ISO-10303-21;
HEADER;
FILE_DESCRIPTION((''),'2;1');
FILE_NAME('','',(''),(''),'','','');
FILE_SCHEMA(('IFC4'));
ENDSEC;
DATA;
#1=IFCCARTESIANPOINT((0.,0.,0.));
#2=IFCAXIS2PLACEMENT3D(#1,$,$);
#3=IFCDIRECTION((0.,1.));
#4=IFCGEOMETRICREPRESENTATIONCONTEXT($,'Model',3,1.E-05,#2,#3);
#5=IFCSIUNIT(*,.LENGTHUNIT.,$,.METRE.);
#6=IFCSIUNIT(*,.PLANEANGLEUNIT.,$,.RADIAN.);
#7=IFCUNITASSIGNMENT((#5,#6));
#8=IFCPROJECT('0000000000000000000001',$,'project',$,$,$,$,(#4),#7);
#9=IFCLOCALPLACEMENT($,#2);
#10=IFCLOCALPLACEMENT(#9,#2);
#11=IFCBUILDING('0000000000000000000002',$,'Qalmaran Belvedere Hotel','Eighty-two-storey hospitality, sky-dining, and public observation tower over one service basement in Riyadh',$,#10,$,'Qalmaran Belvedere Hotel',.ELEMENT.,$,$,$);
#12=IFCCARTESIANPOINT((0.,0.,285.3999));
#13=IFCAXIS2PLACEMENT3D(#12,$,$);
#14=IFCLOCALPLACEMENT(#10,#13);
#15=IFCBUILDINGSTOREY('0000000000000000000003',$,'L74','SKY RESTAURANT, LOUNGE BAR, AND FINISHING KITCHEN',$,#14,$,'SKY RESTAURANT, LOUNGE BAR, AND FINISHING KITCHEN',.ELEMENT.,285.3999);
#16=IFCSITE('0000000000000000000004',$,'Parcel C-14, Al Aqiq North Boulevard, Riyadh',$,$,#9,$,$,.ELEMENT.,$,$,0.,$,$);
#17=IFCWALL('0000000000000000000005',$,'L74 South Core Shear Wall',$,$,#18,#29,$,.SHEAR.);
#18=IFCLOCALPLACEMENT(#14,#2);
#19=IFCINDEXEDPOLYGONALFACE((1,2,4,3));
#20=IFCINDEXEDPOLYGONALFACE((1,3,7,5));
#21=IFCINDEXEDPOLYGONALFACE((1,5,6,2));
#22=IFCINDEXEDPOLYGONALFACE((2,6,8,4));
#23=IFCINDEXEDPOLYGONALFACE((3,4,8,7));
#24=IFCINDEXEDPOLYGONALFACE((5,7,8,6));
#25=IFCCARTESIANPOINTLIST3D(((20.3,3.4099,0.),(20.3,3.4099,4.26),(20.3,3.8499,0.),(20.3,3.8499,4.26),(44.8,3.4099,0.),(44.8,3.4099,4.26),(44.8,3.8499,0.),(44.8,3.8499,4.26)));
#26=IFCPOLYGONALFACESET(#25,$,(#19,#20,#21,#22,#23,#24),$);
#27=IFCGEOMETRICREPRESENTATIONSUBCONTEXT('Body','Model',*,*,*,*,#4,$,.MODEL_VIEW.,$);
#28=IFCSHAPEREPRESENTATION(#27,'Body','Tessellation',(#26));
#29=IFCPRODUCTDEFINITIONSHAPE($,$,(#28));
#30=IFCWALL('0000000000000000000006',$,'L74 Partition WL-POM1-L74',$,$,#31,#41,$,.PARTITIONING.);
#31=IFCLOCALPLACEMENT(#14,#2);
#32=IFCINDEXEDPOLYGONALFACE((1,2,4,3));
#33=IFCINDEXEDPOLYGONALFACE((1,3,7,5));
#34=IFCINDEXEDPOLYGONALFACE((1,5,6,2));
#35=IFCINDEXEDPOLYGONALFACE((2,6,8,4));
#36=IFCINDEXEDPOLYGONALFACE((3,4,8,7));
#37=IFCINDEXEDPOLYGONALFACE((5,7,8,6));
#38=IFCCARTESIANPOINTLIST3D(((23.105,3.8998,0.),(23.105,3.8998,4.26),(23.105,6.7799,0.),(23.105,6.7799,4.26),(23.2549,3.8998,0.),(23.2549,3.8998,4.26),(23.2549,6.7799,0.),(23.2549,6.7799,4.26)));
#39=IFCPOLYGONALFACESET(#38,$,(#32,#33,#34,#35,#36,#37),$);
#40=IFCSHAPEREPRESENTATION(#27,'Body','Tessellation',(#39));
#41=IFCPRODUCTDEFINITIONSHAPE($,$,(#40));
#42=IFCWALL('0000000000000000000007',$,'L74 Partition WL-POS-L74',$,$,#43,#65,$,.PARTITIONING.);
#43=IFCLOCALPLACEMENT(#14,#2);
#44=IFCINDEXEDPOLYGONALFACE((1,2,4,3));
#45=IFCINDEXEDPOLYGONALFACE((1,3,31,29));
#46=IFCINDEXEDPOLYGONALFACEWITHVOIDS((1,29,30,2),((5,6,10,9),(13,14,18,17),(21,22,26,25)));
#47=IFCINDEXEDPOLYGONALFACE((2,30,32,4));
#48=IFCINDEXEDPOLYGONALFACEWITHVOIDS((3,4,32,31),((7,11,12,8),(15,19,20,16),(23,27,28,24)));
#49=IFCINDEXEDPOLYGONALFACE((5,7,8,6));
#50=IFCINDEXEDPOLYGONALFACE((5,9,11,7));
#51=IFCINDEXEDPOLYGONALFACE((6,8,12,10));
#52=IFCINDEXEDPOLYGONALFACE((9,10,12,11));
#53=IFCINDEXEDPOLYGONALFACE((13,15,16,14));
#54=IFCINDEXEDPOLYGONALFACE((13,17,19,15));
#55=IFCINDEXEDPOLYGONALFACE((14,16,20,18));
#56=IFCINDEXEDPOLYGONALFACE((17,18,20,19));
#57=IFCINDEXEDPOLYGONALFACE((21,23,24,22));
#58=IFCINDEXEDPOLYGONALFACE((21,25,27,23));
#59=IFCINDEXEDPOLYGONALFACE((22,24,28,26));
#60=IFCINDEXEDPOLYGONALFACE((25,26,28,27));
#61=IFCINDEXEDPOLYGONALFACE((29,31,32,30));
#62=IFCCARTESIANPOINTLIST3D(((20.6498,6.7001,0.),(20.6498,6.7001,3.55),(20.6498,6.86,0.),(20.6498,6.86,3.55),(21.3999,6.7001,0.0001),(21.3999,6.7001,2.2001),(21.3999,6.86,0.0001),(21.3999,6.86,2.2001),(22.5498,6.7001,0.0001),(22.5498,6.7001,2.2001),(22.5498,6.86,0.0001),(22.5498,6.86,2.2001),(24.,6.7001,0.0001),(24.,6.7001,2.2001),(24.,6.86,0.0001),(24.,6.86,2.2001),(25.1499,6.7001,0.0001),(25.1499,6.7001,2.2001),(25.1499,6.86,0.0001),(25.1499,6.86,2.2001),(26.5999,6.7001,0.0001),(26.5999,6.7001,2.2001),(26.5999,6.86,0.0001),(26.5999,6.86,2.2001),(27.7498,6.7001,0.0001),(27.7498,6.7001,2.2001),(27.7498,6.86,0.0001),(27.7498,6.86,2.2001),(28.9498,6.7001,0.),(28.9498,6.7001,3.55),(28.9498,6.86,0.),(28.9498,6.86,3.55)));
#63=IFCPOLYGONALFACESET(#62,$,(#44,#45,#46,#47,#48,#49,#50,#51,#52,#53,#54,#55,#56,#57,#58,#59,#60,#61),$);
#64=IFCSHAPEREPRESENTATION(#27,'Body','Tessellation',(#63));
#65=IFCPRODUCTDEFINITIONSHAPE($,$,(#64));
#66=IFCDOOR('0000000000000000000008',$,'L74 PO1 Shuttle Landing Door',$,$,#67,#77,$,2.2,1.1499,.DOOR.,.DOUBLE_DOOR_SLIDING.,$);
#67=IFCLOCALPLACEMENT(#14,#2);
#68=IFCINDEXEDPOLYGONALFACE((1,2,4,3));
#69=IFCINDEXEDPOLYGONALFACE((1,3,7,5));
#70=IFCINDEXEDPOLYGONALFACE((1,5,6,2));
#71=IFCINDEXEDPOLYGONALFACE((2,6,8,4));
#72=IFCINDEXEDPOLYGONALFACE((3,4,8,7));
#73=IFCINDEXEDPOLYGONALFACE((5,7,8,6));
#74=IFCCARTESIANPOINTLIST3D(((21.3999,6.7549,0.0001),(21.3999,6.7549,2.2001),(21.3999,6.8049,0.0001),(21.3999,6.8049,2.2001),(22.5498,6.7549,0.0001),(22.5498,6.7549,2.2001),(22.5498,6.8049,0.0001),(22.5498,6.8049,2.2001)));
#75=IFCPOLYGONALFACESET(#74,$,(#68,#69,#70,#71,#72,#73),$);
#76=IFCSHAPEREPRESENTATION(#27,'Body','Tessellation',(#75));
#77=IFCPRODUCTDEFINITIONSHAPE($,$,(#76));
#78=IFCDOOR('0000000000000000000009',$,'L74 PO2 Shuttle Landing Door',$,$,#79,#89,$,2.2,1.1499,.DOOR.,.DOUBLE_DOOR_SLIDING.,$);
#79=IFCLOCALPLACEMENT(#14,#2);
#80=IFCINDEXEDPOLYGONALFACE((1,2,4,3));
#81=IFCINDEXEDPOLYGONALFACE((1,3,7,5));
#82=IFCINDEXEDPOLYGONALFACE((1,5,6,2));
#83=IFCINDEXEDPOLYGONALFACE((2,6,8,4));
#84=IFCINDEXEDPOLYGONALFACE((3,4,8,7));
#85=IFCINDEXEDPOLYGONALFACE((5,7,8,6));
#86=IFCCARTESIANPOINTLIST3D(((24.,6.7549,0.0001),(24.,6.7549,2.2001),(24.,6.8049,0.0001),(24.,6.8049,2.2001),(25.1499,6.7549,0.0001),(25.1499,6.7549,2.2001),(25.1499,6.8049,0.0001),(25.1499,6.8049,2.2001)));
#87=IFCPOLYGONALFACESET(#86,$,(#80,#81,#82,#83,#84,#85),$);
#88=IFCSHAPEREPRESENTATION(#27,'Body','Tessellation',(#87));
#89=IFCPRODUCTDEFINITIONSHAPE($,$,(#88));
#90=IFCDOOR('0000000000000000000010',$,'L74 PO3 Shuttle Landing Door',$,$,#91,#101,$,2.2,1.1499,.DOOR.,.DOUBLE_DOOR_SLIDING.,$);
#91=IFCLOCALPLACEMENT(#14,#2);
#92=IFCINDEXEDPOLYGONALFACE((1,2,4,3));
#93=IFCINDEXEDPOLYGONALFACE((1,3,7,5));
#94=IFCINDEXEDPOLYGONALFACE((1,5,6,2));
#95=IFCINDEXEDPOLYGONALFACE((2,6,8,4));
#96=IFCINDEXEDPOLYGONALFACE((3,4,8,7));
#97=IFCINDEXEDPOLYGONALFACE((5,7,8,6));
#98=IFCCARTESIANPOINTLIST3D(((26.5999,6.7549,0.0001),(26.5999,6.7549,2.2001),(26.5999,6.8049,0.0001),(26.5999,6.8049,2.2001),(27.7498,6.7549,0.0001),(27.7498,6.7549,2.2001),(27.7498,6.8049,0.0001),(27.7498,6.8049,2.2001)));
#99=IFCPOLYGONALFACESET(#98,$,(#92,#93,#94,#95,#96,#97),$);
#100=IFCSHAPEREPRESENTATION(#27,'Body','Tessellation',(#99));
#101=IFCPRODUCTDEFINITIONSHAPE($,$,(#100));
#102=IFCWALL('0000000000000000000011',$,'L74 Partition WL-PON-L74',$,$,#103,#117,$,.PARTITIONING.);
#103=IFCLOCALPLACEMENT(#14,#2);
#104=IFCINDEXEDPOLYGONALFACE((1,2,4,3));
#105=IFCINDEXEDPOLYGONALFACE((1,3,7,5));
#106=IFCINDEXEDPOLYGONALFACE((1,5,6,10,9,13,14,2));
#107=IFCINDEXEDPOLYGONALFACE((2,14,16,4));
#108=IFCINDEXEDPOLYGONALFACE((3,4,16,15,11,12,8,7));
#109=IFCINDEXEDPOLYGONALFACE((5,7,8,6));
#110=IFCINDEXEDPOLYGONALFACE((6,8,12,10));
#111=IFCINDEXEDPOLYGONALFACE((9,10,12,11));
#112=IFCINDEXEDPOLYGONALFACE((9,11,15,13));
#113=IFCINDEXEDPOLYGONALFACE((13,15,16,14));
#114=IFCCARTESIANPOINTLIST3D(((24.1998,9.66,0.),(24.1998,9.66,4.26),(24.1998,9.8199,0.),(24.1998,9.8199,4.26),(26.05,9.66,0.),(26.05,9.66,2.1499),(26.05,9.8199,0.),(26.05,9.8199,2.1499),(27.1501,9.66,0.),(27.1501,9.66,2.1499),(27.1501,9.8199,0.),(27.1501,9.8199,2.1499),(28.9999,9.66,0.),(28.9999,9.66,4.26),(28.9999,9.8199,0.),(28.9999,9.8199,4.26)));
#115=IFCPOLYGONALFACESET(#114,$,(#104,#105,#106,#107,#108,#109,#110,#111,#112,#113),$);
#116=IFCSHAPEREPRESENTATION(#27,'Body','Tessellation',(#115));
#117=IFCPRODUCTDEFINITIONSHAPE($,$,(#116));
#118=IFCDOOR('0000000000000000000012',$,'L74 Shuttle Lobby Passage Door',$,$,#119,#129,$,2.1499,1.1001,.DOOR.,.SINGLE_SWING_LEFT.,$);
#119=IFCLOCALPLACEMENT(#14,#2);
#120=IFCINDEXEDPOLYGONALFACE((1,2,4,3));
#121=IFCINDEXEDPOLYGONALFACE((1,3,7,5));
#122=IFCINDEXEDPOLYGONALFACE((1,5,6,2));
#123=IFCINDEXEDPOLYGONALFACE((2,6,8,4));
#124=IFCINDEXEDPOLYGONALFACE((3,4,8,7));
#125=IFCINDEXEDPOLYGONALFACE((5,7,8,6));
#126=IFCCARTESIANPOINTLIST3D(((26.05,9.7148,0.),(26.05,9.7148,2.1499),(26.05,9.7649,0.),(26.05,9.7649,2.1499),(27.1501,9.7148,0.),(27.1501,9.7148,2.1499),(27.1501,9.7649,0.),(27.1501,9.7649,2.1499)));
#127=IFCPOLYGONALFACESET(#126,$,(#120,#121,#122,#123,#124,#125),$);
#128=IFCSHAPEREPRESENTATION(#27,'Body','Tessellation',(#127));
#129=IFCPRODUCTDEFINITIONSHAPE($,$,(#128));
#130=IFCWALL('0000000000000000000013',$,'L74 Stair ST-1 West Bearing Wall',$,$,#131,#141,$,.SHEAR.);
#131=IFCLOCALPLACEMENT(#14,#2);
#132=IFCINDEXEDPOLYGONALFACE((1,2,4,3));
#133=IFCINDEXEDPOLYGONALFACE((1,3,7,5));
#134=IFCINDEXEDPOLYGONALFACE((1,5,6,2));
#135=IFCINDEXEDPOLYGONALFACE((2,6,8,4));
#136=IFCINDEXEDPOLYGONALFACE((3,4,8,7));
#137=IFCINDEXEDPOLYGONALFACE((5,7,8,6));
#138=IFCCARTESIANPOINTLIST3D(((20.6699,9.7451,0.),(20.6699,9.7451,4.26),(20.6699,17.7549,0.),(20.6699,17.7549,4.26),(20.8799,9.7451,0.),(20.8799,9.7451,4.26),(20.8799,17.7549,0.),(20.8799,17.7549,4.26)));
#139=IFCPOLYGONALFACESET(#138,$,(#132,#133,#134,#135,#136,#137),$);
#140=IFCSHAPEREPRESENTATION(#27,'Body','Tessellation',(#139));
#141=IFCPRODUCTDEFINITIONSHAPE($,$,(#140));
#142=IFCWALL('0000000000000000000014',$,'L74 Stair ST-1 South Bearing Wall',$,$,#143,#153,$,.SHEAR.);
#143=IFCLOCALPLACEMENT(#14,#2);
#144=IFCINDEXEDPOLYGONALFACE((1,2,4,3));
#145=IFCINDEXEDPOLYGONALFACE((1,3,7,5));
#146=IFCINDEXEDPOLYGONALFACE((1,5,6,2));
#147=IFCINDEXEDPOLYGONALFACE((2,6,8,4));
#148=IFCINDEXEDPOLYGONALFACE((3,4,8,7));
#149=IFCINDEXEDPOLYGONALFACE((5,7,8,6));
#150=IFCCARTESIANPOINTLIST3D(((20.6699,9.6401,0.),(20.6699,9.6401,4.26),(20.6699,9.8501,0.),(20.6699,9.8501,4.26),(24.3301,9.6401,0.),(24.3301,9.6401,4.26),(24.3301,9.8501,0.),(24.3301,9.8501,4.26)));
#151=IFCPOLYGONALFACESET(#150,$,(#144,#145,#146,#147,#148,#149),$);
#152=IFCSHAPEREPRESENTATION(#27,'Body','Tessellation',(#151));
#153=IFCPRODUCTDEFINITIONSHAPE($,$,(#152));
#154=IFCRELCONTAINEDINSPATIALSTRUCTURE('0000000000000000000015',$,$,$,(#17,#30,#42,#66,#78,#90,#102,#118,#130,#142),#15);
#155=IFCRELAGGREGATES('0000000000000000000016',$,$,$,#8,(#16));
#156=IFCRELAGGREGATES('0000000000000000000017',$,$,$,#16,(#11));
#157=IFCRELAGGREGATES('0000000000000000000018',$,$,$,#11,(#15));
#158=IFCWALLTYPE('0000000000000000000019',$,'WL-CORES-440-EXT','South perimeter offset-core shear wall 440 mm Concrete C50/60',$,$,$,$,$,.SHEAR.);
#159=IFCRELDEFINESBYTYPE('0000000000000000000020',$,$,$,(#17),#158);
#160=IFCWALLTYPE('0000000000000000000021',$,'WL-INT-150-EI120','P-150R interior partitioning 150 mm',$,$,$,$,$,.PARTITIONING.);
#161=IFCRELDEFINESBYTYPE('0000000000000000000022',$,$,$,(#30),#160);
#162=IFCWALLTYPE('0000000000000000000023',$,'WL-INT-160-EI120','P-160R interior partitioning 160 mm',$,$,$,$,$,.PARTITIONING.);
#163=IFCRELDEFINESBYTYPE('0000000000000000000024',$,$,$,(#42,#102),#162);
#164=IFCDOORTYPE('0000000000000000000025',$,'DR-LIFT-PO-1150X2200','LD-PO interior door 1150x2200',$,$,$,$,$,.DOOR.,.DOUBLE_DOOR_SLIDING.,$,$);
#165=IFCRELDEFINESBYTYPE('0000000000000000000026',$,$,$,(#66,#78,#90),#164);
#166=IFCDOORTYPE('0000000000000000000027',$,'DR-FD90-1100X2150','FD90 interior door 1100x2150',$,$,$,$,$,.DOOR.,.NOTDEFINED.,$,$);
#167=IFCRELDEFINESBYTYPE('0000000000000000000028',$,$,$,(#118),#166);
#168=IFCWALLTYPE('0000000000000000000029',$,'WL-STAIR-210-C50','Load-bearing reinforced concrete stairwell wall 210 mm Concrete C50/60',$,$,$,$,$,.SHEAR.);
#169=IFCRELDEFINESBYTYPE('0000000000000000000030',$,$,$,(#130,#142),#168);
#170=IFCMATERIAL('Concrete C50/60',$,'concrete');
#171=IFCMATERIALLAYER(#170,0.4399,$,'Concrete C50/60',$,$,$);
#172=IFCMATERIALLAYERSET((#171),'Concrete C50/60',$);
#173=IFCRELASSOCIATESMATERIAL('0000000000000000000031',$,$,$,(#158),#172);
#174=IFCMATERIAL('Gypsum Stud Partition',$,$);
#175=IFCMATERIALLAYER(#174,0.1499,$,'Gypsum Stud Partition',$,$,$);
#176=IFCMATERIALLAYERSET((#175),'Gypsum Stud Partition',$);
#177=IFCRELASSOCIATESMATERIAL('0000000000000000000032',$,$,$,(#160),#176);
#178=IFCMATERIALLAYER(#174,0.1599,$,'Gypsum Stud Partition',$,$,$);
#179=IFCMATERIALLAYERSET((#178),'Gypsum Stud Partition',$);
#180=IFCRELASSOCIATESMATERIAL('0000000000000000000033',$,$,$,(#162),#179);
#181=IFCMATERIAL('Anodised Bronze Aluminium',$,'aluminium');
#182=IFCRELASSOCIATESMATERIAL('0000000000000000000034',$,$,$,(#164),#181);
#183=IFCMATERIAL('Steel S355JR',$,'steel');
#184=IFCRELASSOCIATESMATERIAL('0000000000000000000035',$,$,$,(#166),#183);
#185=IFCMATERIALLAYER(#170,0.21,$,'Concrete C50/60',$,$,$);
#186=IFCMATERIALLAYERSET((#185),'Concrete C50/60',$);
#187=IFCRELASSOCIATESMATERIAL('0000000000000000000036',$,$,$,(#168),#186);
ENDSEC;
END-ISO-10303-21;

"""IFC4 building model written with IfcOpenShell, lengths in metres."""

from ifc_helpers import new_model, si_unit, direction, frame, frame_2d, origin, place, context, subcontext, project, spatial, rectangle, extrude, material, layer, layer_set, type_object, element, fill, save


model = new_model("IFC4")

# Units and contexts
model_context = context("Model", 3, precision=1e-05, world=origin(), true_north=direction((0.0, 1.0)))
body_context = subcontext(model_context, "Body", "Model", "MODEL_VIEW")
ifc_project = project(units=[si_unit("LENGTHUNIT", "METRE"), si_unit("PLANEANGLEUNIT", "RADIAN")], contexts=[model_context])

# Site, building, storey
site_placement = place(None, origin())
site = spatial("IfcSite", under=ifc_project, at=site_placement, Name="Parcel C-14, Al Aqiq North Boulevard, Riyadh", CompositionType="ELEMENT", RefElevation=0.0)
building_placement = place(site_placement, origin())
building = spatial("IfcBuilding", under=site, at=building_placement, Name="Qalmaran Belvedere Hotel", Description="Eighty-two-storey hospitality, sky-dining, and public observation tower over one service basement in Riyadh", LongName="Qalmaran Belvedere Hotel", CompositionType="ELEMENT")
storey_placement = place(building_placement, frame((0.0, 0.0, 285.3999)))
storey = spatial("IfcBuildingStorey", under=building, at=storey_placement, Name="L74", Description="SKY RESTAURANT, LOUNGE BAR, AND FINISHING KITCHEN", LongName="SKY RESTAURANT, LOUNGE BAR, AND FINISHING KITCHEN", CompositionType="ELEMENT", Elevation=285.3999)

# Shared definitions
ifc_material_1 = material(Name="Concrete C50/60", Category="concrete")

# Shared definitions
ifc_material_2 = material(Name="Steel S355JR", Category="steel")

# Shared definitions
ifc_material_3 = material(Name="Anodised Bronze Aluminium", Category="aluminium")

# Walls
ifc_layer_1 = layer(ifc_material_1, 0.4399, Name="Concrete C50/60")
ifc_layer_set_1 = layer_set([ifc_layer_1], Name="Concrete C50/60")
wall_type_1 = type_object("IfcWallType", Name="WL-CORES-440-EXT", Description="South perimeter offset-core shear wall 440 mm Concrete C50/60", PredefinedType="SHEAR", material=ifc_layer_set_1)
wall_1_placement = place(storey_placement, frame((20.3, 3.6299, 0.0), z_axis=(0.0, 0.0, 1.0), x_axis=(1.0, 0.0, 0.0)))
element("IfcWall", 1, at=wall_1_placement, inside=storey, type_object=wall_type_1, Name="L74 South Core Shear Wall", PredefinedType="SHEAR", context=body_context, shape_type="SweptSolid", body=[
    extrude(rectangle(XDim=24.5, YDim=0.4399, at=frame_2d((12.25, 0.0))), origin(), (0.0, 0.0, 1.0), 4.26),
])
ifc_material_4 = material(Name="Gypsum Stud Partition")
ifc_layer_2 = layer(ifc_material_4, 0.1499, Name="Gypsum Stud Partition")
ifc_layer_set_2 = layer_set([ifc_layer_2], Name="Gypsum Stud Partition")
wall_type_2 = type_object("IfcWallType", Name="WL-INT-150-EI120", Description="P-150R interior partitioning 150 mm", PredefinedType="PARTITIONING", material=ifc_layer_set_2)
wall_2_placement = place(storey_placement, frame((23.1799, 3.8999, 0.0), z_axis=(0.0, 0.0, 1.0), x_axis=(0.0, 1.0, 0.0)))
element("IfcWall", 2, at=wall_2_placement, inside=storey, type_object=wall_type_2, Name="L74 Partition WL-POM1-L74", PredefinedType="PARTITIONING", context=body_context, shape_type="SweptSolid", body=[
    extrude(rectangle(XDim=2.8801, YDim=0.1499, at=frame_2d((1.4399, 0.0))), origin(), (0.0, 0.0, 1.0), 4.26),
])

# Wall, openings, doors
ifc_layer_3 = layer(ifc_material_4, 0.1599, Name="Gypsum Stud Partition")
ifc_layer_set_3 = layer_set([ifc_layer_3], Name="Gypsum Stud Partition")
wall_type_3 = type_object("IfcWallType", Name="WL-INT-160-EI120", Description="P-160R interior partitioning 160 mm", PredefinedType="PARTITIONING", material=ifc_layer_set_3)
wall_3_placement = place(storey_placement, frame((20.6499, 6.78, 0.0), z_axis=(0.0, 0.0, 1.0), x_axis=(1.0, 0.0, 0.0)))
wall_3 = element("IfcWall", 3, at=wall_3_placement, inside=storey, type_object=wall_type_3, Name="L74 Partition WL-POS-L74", PredefinedType="PARTITIONING", context=body_context, shape_type="SweptSolid", body=[
    extrude(rectangle(XDim=8.3, YDim=0.1599, at=frame_2d((4.1499, 0.0))), origin(), (0.0, 0.0, 1.0), 3.55),
])
opening_1_placement = place(wall_3_placement, frame((0.75, 0.0, 0.0)))
opening_1 = element("IfcOpeningElement", 4, at=opening_1_placement, cuts=wall_3, PredefinedType="OPENING", context=body_context, shape_type="SweptSolid", body=[
    extrude(rectangle(XDim=1.1499, YDim=2.2, at=frame_2d((0.575, 1.1001))), frame((0.0, 0.0898, 0.0), z_axis=(0.0, -1.0, 0.0), x_axis=(1.0, 0.0, 0.0)), (0.0, 0.0, 1.0), 0.1799),
])
opening_2_placement = place(wall_3_placement, frame((3.3501, 0.0, 0.0)))
opening_2 = element("IfcOpeningElement", 5, at=opening_2_placement, cuts=wall_3, PredefinedType="OPENING", context=body_context, shape_type="SweptSolid", body=[
    extrude(rectangle(XDim=1.1499, YDim=2.2, at=frame_2d((0.575, 1.1001))), frame((0.0, 0.0898, 0.0), z_axis=(0.0, -1.0, 0.0), x_axis=(1.0, 0.0, 0.0)), (0.0, 0.0, 1.0), 0.1799),
])
opening_3_placement = place(wall_3_placement, frame((5.95, 0.0, 0.0)))
opening_3 = element("IfcOpeningElement", 6, at=opening_3_placement, cuts=wall_3, PredefinedType="OPENING", context=body_context, shape_type="SweptSolid", body=[
    extrude(rectangle(XDim=1.1499, YDim=2.2, at=frame_2d((0.575, 1.1001))), frame((0.0, 0.0898, 0.0), z_axis=(0.0, -1.0, 0.0), x_axis=(1.0, 0.0, 0.0)), (0.0, 0.0, 1.0), 0.1799),
])
door_type_1 = type_object("IfcDoorType", Name="DR-LIFT-PO-1150X2200", Description="LD-PO interior door 1150x2200", OperationType="DOUBLE_DOOR_SLIDING", PredefinedType="DOOR", material=ifc_material_3)
door_1_placement = place(opening_1_placement, origin())
door_1 = element("IfcDoor", 7, at=door_1_placement, inside=storey, type_object=door_type_1, Name="L74 PO1 Shuttle Landing Door", OperationType="DOUBLE_DOOR_SLIDING", OverallHeight=2.2, OverallWidth=1.1499, PredefinedType="DOOR", context=body_context, shape_type="SweptSolid", body=[
    extrude(rectangle(XDim=1.1499, YDim=2.2, at=frame_2d((0.575, 1.1001))), frame((0.0, 0.0249, 0.0), z_axis=(0.0, -1.0, 0.0), x_axis=(1.0, 0.0, 0.0)), (0.0, 0.0, 1.0), 0.05),
])
fill(opening_1, door_1)
door_2_placement = place(opening_2_placement, origin())
door_2 = element("IfcDoor", 8, at=door_2_placement, inside=storey, type_object=door_type_1, Name="L74 PO2 Shuttle Landing Door", OperationType="DOUBLE_DOOR_SLIDING", OverallHeight=2.2, OverallWidth=1.1499, PredefinedType="DOOR", context=body_context, shape_type="SweptSolid", body=[
    extrude(rectangle(XDim=1.1499, YDim=2.2, at=frame_2d((0.575, 1.1001))), frame((0.0, 0.0249, 0.0), z_axis=(0.0, -1.0, 0.0), x_axis=(1.0, 0.0, 0.0)), (0.0, 0.0, 1.0), 0.05),
])
fill(opening_2, door_2)
door_3_placement = place(opening_3_placement, origin())
door_3 = element("IfcDoor", 9, at=door_3_placement, inside=storey, type_object=door_type_1, Name="L74 PO3 Shuttle Landing Door", OperationType="DOUBLE_DOOR_SLIDING", OverallHeight=2.2, OverallWidth=1.1499, PredefinedType="DOOR", context=body_context, shape_type="SweptSolid", body=[
    extrude(rectangle(XDim=1.1499, YDim=2.2, at=frame_2d((0.575, 1.1001))), frame((0.0, 0.0249, 0.0), z_axis=(0.0, -1.0, 0.0), x_axis=(1.0, 0.0, 0.0)), (0.0, 0.0, 1.0), 0.05),
])
fill(opening_3, door_3)

# Wall, opening, door
wall_4_placement = place(storey_placement, frame((24.2, 9.74, 0.0), z_axis=(0.0, 0.0, 1.0), x_axis=(1.0, 0.0, 0.0)))
wall_4 = element("IfcWall", 10, at=wall_4_placement, inside=storey, type_object=wall_type_3, Name="L74 Partition WL-PON-L74", PredefinedType="PARTITIONING", context=body_context, shape_type="SweptSolid", body=[
    extrude(rectangle(XDim=4.8, YDim=0.1599, at=frame_2d((2.3999, 0.0))), origin(), (0.0, 0.0, 1.0), 4.26),
])
opening_4_placement = place(wall_4_placement, frame((1.8501, 0.0, 0.0)))
opening_4 = element("IfcOpeningElement", 11, at=opening_4_placement, cuts=wall_4, PredefinedType="OPENING", context=body_context, shape_type="SweptSolid", body=[
    extrude(rectangle(XDim=1.1001, YDim=2.1499, at=frame_2d((0.55, 1.075))), frame((0.0, 0.0898, 0.0), z_axis=(0.0, -1.0, 0.0), x_axis=(1.0, 0.0, 0.0)), (0.0, 0.0, 1.0), 0.1799),
])
door_type_2 = type_object("IfcDoorType", Name="DR-FD90-1100X2150", Description="FD90 interior door 1100x2150", OperationType="NOTDEFINED", PredefinedType="DOOR", material=ifc_material_2)
door_4_placement = place(opening_4_placement, origin())
door_4 = element("IfcDoor", 12, at=door_4_placement, inside=storey, type_object=door_type_2, Name="L74 Shuttle Lobby Passage Door", OperationType="SINGLE_SWING_LEFT", OverallHeight=2.1499, OverallWidth=1.1001, PredefinedType="DOOR", context=body_context, shape_type="SweptSolid", body=[
    extrude(rectangle(XDim=1.1001, YDim=2.1499, at=frame_2d((0.55, 1.075))), frame((0.0, 0.0249, 0.0), z_axis=(0.0, -1.0, 0.0), x_axis=(1.0, 0.0, 0.0)), (0.0, 0.0, 1.0), 0.05),
])
fill(opening_4, door_4)

# Walls
ifc_layer_4 = layer(ifc_material_1, 0.21, Name="Concrete C50/60")
ifc_layer_set_4 = layer_set([ifc_layer_4], Name="Concrete C50/60")
wall_type_4 = type_object("IfcWallType", Name="WL-STAIR-210-C50", Description="Load-bearing reinforced concrete stairwell wall 210 mm Concrete C50/60", PredefinedType="SHEAR", material=ifc_layer_set_4)
wall_5_placement = place(storey_placement, frame((20.7749, 9.7451, 0.0), z_axis=(0.0, 0.0, 1.0), x_axis=(0.0, 1.0, 0.0)))
element("IfcWall", 13, at=wall_5_placement, inside=storey, type_object=wall_type_4, Name="L74 Stair ST-1 West Bearing Wall", PredefinedType="SHEAR", context=body_context, shape_type="SweptSolid", body=[
    extrude(rectangle(XDim=8.0098, YDim=0.21, at=frame_2d((4.0049, 0.0))), origin(), (0.0, 0.0, 1.0), 4.26),
])
wall_6_placement = place(storey_placement, frame((20.6699, 9.7451, 0.0), z_axis=(0.0, 0.0, 1.0), x_axis=(1.0, 0.0, 0.0)))
element("IfcWall", 14, at=wall_6_placement, inside=storey, type_object=wall_type_4, Name="L74 Stair ST-1 South Bearing Wall", PredefinedType="SHEAR", context=body_context, shape_type="SweptSolid", body=[
    extrude(rectangle(XDim=3.6602, YDim=0.21, at=frame_2d((1.8301, 0.0))), origin(), (0.0, 0.0, 1.0), 4.26),
])

save(model, "model.ifc")
